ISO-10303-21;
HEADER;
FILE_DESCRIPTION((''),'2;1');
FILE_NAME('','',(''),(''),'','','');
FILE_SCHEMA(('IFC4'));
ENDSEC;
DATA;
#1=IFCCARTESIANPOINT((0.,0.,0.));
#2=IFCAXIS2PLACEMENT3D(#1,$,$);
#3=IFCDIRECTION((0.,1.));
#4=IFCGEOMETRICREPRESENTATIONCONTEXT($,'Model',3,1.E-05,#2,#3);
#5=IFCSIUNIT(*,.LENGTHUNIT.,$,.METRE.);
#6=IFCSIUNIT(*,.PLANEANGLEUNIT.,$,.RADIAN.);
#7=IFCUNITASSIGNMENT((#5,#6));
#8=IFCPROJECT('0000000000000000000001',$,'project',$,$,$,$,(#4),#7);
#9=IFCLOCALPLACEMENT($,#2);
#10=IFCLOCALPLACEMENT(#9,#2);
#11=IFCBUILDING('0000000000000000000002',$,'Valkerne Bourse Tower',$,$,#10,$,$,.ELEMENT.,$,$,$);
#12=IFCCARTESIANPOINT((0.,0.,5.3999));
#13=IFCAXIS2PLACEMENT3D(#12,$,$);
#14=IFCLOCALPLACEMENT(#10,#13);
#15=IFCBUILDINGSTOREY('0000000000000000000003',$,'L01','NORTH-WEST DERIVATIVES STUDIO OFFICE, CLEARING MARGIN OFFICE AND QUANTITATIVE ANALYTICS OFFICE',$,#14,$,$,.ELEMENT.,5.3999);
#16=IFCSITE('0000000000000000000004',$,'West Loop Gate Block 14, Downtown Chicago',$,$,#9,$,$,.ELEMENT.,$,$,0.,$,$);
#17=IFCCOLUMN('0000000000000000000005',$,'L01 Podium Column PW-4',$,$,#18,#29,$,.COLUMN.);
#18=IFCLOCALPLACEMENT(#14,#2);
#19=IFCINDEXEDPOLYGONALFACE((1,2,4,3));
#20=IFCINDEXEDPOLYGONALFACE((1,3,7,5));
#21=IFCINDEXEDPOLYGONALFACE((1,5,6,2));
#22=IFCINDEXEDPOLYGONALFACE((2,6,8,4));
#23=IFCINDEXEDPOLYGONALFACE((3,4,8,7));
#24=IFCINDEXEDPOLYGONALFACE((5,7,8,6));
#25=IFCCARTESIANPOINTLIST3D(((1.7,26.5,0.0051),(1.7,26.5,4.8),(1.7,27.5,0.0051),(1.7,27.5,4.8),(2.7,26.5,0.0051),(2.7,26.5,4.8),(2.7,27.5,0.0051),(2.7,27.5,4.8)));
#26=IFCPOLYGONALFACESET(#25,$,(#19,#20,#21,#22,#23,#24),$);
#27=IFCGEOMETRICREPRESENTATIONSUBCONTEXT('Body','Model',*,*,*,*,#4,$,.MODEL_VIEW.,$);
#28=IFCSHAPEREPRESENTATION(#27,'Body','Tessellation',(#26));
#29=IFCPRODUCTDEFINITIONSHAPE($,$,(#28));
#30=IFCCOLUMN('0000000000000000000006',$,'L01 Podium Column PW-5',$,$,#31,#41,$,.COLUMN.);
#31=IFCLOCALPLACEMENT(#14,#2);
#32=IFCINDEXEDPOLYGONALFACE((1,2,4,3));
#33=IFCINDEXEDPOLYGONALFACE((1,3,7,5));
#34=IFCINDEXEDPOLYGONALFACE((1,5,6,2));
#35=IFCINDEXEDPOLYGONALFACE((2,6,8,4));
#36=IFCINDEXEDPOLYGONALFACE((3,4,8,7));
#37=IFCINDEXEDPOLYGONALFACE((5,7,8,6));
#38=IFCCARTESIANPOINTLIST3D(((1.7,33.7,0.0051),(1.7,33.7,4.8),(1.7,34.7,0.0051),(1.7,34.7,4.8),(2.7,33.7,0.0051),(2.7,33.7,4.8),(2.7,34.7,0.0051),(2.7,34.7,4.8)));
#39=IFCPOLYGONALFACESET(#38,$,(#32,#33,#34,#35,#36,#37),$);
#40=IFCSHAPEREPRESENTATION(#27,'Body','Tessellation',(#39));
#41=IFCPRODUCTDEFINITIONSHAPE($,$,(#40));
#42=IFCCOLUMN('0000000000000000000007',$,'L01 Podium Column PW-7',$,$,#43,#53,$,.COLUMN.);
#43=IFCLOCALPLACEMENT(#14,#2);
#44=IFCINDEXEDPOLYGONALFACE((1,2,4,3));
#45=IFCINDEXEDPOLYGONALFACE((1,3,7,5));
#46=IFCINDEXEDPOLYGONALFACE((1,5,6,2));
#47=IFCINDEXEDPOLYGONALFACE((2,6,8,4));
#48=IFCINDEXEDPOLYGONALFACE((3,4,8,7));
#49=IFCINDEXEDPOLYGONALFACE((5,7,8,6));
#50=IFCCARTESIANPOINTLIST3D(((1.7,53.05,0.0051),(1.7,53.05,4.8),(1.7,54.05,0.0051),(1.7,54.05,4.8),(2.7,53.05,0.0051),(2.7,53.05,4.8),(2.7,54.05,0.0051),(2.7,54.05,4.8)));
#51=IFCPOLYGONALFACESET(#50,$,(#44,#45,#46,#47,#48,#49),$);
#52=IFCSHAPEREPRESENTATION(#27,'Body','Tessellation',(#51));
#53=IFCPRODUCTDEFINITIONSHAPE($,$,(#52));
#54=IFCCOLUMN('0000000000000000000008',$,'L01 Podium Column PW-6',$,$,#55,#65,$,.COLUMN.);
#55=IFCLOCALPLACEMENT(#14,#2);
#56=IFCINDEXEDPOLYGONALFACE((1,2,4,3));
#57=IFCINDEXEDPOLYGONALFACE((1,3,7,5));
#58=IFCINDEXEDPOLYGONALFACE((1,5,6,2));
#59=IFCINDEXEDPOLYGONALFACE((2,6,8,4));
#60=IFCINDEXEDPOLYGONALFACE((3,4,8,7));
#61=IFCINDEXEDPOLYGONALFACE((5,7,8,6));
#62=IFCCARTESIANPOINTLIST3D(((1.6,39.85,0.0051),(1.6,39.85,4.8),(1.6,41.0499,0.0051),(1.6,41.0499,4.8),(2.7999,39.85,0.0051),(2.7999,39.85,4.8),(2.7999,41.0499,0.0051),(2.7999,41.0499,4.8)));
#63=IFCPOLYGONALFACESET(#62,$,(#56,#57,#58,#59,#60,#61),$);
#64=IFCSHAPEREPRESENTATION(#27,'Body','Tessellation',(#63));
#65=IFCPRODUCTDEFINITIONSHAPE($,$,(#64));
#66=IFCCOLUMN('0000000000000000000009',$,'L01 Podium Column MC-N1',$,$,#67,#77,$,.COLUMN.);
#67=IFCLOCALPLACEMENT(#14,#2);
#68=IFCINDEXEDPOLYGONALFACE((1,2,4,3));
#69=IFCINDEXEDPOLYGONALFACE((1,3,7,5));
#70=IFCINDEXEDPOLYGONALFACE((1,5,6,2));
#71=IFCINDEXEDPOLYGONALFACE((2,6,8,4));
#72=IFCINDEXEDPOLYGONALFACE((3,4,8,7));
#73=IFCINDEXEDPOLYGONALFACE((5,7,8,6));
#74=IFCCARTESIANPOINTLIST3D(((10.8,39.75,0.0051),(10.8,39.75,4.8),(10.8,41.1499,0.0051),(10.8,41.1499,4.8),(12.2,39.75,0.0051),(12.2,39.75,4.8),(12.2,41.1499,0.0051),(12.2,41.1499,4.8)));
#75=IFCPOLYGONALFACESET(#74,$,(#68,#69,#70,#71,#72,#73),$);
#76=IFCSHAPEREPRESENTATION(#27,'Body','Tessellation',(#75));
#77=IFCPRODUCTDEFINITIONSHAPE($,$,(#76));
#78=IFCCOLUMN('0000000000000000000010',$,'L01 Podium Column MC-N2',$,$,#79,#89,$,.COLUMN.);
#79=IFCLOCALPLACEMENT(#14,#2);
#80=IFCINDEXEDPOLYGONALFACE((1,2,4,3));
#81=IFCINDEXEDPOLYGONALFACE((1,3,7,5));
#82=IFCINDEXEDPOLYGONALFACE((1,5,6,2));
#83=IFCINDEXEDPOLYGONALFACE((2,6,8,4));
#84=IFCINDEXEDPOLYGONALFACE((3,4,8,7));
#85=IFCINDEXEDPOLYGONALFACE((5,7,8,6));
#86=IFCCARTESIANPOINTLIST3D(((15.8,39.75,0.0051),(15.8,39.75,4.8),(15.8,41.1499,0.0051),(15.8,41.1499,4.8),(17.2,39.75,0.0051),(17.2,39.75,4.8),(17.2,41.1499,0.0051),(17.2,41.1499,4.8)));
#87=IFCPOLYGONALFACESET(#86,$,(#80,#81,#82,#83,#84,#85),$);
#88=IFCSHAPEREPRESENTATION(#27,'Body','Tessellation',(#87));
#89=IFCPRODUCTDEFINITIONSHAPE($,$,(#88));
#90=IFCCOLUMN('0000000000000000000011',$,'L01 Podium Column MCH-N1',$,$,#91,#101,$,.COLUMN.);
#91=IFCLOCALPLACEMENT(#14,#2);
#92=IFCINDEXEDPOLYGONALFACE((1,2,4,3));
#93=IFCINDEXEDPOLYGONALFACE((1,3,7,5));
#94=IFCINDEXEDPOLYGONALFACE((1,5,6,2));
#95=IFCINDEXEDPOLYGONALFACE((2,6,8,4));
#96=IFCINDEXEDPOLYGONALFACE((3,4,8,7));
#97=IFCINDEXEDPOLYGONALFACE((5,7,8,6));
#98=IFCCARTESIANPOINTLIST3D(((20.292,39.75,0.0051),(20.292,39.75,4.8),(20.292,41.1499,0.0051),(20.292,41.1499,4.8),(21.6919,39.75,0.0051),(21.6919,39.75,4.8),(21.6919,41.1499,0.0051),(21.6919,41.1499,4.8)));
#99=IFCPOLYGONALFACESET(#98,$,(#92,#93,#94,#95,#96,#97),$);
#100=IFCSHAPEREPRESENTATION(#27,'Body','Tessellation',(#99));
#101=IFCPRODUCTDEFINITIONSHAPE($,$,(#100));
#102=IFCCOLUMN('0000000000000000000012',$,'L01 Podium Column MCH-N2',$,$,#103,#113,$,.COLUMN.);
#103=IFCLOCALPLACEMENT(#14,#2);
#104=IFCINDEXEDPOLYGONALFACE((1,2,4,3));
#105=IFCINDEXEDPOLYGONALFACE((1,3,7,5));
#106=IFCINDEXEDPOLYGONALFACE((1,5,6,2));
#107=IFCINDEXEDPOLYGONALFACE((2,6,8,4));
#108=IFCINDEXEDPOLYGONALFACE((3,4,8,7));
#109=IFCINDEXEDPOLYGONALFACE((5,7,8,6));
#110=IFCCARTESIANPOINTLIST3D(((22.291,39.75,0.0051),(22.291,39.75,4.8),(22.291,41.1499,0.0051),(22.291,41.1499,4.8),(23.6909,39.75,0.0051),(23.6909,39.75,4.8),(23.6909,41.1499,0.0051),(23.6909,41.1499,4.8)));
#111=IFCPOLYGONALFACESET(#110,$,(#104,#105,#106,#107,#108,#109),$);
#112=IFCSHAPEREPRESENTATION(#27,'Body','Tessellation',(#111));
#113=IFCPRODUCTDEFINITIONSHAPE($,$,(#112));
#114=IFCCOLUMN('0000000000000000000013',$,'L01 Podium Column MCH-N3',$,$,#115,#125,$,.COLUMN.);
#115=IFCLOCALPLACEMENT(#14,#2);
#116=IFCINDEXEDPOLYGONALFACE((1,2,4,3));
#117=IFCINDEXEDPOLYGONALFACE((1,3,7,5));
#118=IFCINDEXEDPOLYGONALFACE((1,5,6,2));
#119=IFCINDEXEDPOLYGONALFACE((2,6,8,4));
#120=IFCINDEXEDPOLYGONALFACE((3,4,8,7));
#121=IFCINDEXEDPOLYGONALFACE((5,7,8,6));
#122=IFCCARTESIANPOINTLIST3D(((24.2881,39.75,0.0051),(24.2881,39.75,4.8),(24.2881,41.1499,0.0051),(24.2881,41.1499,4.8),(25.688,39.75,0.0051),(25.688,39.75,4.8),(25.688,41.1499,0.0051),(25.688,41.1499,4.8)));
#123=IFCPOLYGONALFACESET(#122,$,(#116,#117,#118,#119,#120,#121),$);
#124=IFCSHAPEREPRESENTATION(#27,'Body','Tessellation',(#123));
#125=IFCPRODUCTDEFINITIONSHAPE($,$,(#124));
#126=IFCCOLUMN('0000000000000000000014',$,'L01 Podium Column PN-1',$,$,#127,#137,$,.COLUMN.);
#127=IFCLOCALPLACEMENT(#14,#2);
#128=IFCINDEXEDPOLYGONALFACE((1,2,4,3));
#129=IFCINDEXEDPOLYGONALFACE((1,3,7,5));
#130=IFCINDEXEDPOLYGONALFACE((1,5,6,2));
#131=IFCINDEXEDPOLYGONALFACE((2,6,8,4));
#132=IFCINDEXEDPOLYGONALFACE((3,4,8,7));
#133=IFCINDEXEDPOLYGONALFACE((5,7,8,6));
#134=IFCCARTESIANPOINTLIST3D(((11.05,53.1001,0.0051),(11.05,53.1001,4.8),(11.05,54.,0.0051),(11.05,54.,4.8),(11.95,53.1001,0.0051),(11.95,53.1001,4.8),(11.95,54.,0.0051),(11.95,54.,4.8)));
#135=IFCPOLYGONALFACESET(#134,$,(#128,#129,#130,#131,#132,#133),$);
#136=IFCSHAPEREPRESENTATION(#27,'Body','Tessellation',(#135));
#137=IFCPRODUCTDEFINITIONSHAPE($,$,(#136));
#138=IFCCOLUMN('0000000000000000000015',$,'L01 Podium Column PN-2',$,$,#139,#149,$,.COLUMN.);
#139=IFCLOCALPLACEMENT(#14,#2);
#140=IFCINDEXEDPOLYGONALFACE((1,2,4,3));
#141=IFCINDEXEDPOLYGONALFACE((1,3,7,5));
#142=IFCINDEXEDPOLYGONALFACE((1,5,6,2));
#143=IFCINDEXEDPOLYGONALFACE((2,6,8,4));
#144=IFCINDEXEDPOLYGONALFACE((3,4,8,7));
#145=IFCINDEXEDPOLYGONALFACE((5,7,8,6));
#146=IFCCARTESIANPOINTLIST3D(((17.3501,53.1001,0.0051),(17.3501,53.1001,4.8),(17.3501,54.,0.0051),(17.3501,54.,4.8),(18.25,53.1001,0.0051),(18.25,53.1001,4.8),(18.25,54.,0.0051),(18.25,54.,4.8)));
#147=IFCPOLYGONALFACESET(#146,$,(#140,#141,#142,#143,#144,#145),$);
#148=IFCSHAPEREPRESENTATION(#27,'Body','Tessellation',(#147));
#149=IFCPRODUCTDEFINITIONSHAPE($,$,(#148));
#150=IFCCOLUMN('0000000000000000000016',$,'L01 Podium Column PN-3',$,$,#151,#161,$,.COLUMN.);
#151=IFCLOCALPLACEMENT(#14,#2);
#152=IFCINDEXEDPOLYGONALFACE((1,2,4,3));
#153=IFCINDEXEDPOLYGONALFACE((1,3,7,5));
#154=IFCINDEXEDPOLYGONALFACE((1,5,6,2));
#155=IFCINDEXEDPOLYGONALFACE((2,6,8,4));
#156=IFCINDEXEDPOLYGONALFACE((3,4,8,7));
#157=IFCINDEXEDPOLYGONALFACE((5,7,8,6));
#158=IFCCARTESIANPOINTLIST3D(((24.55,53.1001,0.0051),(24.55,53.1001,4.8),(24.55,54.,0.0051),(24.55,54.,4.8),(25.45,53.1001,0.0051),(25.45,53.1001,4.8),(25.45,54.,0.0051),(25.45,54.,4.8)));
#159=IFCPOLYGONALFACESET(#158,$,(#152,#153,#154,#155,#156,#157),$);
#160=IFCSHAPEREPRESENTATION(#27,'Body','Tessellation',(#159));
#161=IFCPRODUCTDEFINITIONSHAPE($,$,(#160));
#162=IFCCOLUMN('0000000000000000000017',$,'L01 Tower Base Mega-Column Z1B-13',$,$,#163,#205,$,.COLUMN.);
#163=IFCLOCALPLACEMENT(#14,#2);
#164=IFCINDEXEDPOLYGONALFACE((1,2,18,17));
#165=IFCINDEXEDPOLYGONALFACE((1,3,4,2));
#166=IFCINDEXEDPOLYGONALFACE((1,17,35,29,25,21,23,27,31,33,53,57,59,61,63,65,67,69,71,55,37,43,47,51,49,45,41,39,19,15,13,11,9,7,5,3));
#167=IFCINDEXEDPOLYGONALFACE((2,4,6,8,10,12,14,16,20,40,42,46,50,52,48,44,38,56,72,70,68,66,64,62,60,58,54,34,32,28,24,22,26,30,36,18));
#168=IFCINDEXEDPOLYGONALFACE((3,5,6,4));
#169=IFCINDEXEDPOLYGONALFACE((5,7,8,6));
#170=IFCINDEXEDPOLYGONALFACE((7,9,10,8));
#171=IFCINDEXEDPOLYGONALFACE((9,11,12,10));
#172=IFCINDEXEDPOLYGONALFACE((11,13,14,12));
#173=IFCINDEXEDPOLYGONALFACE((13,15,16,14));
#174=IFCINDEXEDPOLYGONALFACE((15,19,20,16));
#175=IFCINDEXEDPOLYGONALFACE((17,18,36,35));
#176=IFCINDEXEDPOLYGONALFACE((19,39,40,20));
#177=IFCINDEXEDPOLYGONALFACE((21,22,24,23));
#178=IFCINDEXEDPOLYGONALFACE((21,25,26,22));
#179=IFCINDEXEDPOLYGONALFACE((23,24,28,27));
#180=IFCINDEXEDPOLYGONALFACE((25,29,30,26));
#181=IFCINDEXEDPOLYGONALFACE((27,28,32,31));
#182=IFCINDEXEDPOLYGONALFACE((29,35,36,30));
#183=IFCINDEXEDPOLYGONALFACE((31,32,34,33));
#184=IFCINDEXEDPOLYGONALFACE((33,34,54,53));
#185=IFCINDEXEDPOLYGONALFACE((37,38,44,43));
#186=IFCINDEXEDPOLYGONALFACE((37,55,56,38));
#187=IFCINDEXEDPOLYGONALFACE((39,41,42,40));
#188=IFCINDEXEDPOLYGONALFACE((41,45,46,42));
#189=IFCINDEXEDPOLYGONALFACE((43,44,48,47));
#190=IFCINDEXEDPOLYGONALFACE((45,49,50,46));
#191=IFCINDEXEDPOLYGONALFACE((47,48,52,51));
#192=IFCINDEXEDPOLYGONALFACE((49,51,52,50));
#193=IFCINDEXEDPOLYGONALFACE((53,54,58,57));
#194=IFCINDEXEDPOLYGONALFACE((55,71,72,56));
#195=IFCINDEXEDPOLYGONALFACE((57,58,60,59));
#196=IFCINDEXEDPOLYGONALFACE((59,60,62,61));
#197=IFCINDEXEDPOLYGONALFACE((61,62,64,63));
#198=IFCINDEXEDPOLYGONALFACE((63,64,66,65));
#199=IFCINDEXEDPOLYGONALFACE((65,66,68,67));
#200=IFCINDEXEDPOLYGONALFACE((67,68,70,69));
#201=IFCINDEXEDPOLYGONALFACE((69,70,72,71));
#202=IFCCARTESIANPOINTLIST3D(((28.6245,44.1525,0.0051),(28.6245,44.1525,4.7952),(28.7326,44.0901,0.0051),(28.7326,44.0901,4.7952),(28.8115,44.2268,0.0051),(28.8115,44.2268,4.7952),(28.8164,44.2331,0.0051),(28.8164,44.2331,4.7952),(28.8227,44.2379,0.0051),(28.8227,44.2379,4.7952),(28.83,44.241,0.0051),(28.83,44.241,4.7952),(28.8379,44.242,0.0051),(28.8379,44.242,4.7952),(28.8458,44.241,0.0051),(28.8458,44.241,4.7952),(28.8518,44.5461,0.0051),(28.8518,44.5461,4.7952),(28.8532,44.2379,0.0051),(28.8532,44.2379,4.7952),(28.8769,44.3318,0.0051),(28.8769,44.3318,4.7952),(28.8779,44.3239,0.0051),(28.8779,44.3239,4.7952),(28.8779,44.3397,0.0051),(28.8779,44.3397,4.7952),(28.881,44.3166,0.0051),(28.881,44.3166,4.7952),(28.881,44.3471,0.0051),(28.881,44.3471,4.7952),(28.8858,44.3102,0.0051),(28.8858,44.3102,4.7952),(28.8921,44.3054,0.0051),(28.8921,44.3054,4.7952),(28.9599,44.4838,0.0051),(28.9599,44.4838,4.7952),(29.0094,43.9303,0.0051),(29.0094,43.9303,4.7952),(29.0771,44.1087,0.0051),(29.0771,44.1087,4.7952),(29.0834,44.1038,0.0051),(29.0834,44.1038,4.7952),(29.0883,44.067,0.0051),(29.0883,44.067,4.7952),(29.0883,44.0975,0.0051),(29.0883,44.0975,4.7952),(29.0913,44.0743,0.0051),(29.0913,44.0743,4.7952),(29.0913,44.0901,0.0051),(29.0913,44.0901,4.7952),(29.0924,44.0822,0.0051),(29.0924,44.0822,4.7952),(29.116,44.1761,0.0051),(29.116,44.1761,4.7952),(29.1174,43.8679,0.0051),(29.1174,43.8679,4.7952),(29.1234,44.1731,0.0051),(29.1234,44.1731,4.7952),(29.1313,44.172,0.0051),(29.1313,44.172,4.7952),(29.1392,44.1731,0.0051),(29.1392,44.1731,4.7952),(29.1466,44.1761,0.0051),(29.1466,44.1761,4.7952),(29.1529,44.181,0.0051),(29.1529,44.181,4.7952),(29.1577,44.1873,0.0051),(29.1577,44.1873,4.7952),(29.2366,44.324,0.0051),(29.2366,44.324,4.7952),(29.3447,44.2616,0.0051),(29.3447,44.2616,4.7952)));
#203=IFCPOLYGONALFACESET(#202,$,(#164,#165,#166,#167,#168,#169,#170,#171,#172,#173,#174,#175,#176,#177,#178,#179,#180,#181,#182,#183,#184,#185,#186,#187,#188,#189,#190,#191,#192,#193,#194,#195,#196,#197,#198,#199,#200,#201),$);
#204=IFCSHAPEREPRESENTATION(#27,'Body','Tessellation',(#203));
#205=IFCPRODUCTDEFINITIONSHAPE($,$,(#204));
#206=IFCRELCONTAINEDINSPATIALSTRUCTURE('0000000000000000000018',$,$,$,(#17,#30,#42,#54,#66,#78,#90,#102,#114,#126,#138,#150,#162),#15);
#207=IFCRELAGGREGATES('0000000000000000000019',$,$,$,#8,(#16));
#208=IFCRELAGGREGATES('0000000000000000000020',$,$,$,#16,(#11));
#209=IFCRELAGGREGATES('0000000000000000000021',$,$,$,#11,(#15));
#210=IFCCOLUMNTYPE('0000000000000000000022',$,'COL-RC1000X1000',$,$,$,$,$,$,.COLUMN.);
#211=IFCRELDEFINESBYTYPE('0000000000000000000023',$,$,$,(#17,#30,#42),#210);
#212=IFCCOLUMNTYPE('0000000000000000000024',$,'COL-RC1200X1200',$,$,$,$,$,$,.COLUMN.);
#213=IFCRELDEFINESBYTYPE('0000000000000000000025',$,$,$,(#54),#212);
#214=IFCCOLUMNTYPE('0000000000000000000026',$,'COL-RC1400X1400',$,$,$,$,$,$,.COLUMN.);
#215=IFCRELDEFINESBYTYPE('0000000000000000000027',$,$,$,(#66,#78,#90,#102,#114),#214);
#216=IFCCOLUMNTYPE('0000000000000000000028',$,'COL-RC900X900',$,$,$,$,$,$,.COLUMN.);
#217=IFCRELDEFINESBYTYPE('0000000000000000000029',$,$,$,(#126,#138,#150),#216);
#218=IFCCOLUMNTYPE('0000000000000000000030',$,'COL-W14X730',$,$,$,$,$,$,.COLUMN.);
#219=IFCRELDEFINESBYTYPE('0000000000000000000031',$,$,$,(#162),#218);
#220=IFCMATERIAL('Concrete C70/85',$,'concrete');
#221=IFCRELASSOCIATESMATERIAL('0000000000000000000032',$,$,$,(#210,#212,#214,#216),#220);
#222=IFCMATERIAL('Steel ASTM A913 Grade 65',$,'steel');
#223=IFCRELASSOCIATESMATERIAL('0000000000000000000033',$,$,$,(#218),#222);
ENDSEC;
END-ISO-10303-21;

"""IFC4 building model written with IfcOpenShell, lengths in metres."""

from ifc_helpers import new_model, si_unit, direction, frame, origin, origin_2d, place, context, subcontext, project, spatial, rectangle, i_section, extrude, material, material_profile, profile_set, type_object, element, save


model = new_model("IFC4")

# Units and contexts
model_context = context("Model", 3, precision=1e-05, world=origin(), true_north=direction((0.0, 1.0)))
body_context = subcontext(model_context, "Body", "Model", "MODEL_VIEW")
ifc_project = project(units=[si_unit("LENGTHUNIT", "METRE"), si_unit("PLANEANGLEUNIT", "RADIAN")], contexts=[model_context])

# Site, building, storey
site_placement = place(None, origin())
site = spatial("IfcSite", under=ifc_project, at=site_placement, Name="West Loop Gate Block 14, Downtown Chicago", CompositionType="ELEMENT", RefElevation=0.0)
building_placement = place(site_placement, origin())
building = spatial("IfcBuilding", under=site, at=building_placement, Name="Valkerne Bourse Tower", CompositionType="ELEMENT")
storey_placement = place(building_placement, frame((0.0, 0.0, 5.3999)))
storey = spatial("IfcBuildingStorey", under=building, at=storey_placement, Name="L01", Description="NORTH-WEST DERIVATIVES STUDIO OFFICE, CLEARING MARGIN OFFICE AND QUANTITATIVE ANALYTICS OFFICE", CompositionType="ELEMENT", Elevation=5.3999)

# Columns
ifc_material_1 = material(Name="Concrete C70/85", Category="concrete")
ifc_material_profile_1 = material_profile(ifc_material_1, rectangle(XDim=1.0, YDim=1.0, at=origin_2d()), Name="RC1000X1000")
ifc_profile_set_1 = profile_set([ifc_material_profile_1], Name="Concrete C70/85")
column_type_1 = type_object("IfcColumnType", Name="COL-RC1000X1000", PredefinedType="COLUMN", material=ifc_profile_set_1)
for number, where, z_axis, x_axis, name in (
    (1, (2.2, 27.0, 0.0051), (0.0, 0.0, 1.0), (1.0, 0.0, 0.0), "L01 Podium Column PW-4"),
    (2, (2.2, 34.2, 0.0051), (0.0, 0.0, 1.0), (1.0, 0.0, 0.0), "L01 Podium Column PW-5"),
    (3, (2.2, 53.55, 0.0051), (0.0, 0.0, 1.0), (1.0, 0.0, 0.0), "L01 Podium Column PW-7"),
):
    element("IfcColumn", number, at=place(storey_placement, frame(where, z_axis=z_axis, x_axis=x_axis)), inside=storey, type_object=column_type_1, Name=name, PredefinedType="COLUMN", context=body_context, shape_type="SweptSolid", body=[
        extrude(rectangle(XDim=1.0, YDim=1.0, at=origin_2d()), origin(), (0.0, 0.0, 1.0), 4.7949),
    ])
ifc_material_profile_2 = material_profile(ifc_material_1, rectangle(XDim=1.2, YDim=1.2, at=origin_2d()), Name="RC1200X1200")
ifc_profile_set_2 = profile_set([ifc_material_profile_2], Name="Concrete C70/85")
column_type_2 = type_object("IfcColumnType", Name="COL-RC1200X1200", PredefinedType="COLUMN", material=ifc_profile_set_2)
column_placement = place(storey_placement, frame((2.2, 40.45, 0.0051), z_axis=(0.0, 0.0, 1.0), x_axis=(1.0, 0.0, 0.0)))
element("IfcColumn", 4, at=column_placement, inside=storey, type_object=column_type_2, Name="L01 Podium Column PW-6", PredefinedType="COLUMN", context=body_context, shape_type="SweptSolid", body=[
    extrude(rectangle(XDim=1.2, YDim=1.2, at=origin_2d()), origin(), (0.0, 0.0, 1.0), 4.7949),
])
ifc_material_profile_3 = material_profile(ifc_material_1, rectangle(XDim=1.3999, YDim=1.3999, at=origin_2d()), Name="RC1400X1400")
ifc_profile_set_3 = profile_set([ifc_material_profile_3], Name="Concrete C70/85")
column_type_3 = type_object("IfcColumnType", Name="COL-RC1400X1400", PredefinedType="COLUMN", material=ifc_profile_set_3)
for number, where, z_axis, x_axis, name in (
    (5, (11.5, 40.45, 0.0051), (0.0, 0.0, 1.0), (1.0, 0.0, 0.0), "L01 Podium Column MC-N1"),
    (6, (16.5, 40.45, 0.0051), (0.0, 0.0, 1.0), (1.0, 0.0, 0.0), "L01 Podium Column MC-N2"),
    (7, (20.9919, 40.45, 0.0051), (0.0, 0.0, 1.0), (1.0, 0.0, 0.0), "L01 Podium Column MCH-N1"),
    (8, (22.991, 40.45, 0.0051), (0.0, 0.0, 1.0), (1.0, 0.0, 0.0), "L01 Podium Column MCH-N2"),
    (9, (24.988, 40.45, 0.0051), (0.0, 0.0, 1.0), (1.0, 0.0, 0.0), "L01 Podium Column MCH-N3"),
):
    element("IfcColumn", number, at=place(storey_placement, frame(where, z_axis=z_axis, x_axis=x_axis)), inside=storey, type_object=column_type_3, Name=name, PredefinedType="COLUMN", context=body_context, shape_type="SweptSolid", body=[
        extrude(rectangle(XDim=1.3999, YDim=1.3999, at=origin_2d()), origin(), (0.0, 0.0, 1.0), 4.7949),
    ])
ifc_material_profile_4 = material_profile(ifc_material_1, rectangle(XDim=0.8999, YDim=0.8999, at=origin_2d()), Name="RC900X900")
ifc_profile_set_4 = profile_set([ifc_material_profile_4], Name="Concrete C70/85")
column_type_4 = type_object("IfcColumnType", Name="COL-RC900X900", PredefinedType="COLUMN", material=ifc_profile_set_4)
for number, where, z_axis, x_axis, name in (
    (10, (11.5, 53.55, 0.0051), (0.0, 0.0, 1.0), (1.0, 0.0, 0.0), "L01 Podium Column PN-1"),
    (11, (17.8, 53.55, 0.0051), (0.0, 0.0, 1.0), (1.0, 0.0, 0.0), "L01 Podium Column PN-2"),
    (12, (25.0, 53.55, 0.0051), (0.0, 0.0, 1.0), (1.0, 0.0, 0.0), "L01 Podium Column PN-3"),
):
    element("IfcColumn", number, at=place(storey_placement, frame(where, z_axis=z_axis, x_axis=x_axis)), inside=storey, type_object=column_type_4, Name=name, PredefinedType="COLUMN", context=body_context, shape_type="SweptSolid", body=[
        extrude(rectangle(XDim=0.8999, YDim=0.8999, at=origin_2d()), origin(), (0.0, 0.0, 1.0), 4.7949),
    ])
ifc_material_2 = material(Name="Steel ASTM A913 Grade 65", Category="steel")
ifc_material_profile_5 = material_profile(ifc_material_2, i_section(OverallWidth=0.4546, OverallDepth=0.5691, WebThickness=0.0779, FlangeThickness=0.1248, FilletRadius=0.0305, at=origin_2d()), Name="W14X730")
ifc_profile_set_5 = profile_set([ifc_material_profile_5], Name="Steel ASTM A913 Grade 65")
column_type_5 = type_object("IfcColumnType", Name="COL-W14X730", PredefinedType="COLUMN", material=ifc_profile_set_5)
for number, where, z_axis, x_axis, name in (
    (13, (28.9846, 44.207, 0.0051), (0.0, 0.0, 1.0), (-0.5, -0.866025, 0.0), "L01 Tower Base Mega-Column Z1B-13"),
):
    element("IfcColumn", number, at=place(storey_placement, frame(where, z_axis=z_axis, x_axis=x_axis)), inside=storey, type_object=column_type_5, Name=name, PredefinedType="COLUMN", context=body_context, shape_type="SweptSolid", body=[
        extrude(i_section(OverallWidth=0.4546, OverallDepth=0.5691, WebThickness=0.0779, FlangeThickness=0.1248, FilletRadius=0.0305, at=origin_2d()), origin(), (0.0, 0.0, 1.0), 4.79),
    ])

save(model, "model.ifc")
